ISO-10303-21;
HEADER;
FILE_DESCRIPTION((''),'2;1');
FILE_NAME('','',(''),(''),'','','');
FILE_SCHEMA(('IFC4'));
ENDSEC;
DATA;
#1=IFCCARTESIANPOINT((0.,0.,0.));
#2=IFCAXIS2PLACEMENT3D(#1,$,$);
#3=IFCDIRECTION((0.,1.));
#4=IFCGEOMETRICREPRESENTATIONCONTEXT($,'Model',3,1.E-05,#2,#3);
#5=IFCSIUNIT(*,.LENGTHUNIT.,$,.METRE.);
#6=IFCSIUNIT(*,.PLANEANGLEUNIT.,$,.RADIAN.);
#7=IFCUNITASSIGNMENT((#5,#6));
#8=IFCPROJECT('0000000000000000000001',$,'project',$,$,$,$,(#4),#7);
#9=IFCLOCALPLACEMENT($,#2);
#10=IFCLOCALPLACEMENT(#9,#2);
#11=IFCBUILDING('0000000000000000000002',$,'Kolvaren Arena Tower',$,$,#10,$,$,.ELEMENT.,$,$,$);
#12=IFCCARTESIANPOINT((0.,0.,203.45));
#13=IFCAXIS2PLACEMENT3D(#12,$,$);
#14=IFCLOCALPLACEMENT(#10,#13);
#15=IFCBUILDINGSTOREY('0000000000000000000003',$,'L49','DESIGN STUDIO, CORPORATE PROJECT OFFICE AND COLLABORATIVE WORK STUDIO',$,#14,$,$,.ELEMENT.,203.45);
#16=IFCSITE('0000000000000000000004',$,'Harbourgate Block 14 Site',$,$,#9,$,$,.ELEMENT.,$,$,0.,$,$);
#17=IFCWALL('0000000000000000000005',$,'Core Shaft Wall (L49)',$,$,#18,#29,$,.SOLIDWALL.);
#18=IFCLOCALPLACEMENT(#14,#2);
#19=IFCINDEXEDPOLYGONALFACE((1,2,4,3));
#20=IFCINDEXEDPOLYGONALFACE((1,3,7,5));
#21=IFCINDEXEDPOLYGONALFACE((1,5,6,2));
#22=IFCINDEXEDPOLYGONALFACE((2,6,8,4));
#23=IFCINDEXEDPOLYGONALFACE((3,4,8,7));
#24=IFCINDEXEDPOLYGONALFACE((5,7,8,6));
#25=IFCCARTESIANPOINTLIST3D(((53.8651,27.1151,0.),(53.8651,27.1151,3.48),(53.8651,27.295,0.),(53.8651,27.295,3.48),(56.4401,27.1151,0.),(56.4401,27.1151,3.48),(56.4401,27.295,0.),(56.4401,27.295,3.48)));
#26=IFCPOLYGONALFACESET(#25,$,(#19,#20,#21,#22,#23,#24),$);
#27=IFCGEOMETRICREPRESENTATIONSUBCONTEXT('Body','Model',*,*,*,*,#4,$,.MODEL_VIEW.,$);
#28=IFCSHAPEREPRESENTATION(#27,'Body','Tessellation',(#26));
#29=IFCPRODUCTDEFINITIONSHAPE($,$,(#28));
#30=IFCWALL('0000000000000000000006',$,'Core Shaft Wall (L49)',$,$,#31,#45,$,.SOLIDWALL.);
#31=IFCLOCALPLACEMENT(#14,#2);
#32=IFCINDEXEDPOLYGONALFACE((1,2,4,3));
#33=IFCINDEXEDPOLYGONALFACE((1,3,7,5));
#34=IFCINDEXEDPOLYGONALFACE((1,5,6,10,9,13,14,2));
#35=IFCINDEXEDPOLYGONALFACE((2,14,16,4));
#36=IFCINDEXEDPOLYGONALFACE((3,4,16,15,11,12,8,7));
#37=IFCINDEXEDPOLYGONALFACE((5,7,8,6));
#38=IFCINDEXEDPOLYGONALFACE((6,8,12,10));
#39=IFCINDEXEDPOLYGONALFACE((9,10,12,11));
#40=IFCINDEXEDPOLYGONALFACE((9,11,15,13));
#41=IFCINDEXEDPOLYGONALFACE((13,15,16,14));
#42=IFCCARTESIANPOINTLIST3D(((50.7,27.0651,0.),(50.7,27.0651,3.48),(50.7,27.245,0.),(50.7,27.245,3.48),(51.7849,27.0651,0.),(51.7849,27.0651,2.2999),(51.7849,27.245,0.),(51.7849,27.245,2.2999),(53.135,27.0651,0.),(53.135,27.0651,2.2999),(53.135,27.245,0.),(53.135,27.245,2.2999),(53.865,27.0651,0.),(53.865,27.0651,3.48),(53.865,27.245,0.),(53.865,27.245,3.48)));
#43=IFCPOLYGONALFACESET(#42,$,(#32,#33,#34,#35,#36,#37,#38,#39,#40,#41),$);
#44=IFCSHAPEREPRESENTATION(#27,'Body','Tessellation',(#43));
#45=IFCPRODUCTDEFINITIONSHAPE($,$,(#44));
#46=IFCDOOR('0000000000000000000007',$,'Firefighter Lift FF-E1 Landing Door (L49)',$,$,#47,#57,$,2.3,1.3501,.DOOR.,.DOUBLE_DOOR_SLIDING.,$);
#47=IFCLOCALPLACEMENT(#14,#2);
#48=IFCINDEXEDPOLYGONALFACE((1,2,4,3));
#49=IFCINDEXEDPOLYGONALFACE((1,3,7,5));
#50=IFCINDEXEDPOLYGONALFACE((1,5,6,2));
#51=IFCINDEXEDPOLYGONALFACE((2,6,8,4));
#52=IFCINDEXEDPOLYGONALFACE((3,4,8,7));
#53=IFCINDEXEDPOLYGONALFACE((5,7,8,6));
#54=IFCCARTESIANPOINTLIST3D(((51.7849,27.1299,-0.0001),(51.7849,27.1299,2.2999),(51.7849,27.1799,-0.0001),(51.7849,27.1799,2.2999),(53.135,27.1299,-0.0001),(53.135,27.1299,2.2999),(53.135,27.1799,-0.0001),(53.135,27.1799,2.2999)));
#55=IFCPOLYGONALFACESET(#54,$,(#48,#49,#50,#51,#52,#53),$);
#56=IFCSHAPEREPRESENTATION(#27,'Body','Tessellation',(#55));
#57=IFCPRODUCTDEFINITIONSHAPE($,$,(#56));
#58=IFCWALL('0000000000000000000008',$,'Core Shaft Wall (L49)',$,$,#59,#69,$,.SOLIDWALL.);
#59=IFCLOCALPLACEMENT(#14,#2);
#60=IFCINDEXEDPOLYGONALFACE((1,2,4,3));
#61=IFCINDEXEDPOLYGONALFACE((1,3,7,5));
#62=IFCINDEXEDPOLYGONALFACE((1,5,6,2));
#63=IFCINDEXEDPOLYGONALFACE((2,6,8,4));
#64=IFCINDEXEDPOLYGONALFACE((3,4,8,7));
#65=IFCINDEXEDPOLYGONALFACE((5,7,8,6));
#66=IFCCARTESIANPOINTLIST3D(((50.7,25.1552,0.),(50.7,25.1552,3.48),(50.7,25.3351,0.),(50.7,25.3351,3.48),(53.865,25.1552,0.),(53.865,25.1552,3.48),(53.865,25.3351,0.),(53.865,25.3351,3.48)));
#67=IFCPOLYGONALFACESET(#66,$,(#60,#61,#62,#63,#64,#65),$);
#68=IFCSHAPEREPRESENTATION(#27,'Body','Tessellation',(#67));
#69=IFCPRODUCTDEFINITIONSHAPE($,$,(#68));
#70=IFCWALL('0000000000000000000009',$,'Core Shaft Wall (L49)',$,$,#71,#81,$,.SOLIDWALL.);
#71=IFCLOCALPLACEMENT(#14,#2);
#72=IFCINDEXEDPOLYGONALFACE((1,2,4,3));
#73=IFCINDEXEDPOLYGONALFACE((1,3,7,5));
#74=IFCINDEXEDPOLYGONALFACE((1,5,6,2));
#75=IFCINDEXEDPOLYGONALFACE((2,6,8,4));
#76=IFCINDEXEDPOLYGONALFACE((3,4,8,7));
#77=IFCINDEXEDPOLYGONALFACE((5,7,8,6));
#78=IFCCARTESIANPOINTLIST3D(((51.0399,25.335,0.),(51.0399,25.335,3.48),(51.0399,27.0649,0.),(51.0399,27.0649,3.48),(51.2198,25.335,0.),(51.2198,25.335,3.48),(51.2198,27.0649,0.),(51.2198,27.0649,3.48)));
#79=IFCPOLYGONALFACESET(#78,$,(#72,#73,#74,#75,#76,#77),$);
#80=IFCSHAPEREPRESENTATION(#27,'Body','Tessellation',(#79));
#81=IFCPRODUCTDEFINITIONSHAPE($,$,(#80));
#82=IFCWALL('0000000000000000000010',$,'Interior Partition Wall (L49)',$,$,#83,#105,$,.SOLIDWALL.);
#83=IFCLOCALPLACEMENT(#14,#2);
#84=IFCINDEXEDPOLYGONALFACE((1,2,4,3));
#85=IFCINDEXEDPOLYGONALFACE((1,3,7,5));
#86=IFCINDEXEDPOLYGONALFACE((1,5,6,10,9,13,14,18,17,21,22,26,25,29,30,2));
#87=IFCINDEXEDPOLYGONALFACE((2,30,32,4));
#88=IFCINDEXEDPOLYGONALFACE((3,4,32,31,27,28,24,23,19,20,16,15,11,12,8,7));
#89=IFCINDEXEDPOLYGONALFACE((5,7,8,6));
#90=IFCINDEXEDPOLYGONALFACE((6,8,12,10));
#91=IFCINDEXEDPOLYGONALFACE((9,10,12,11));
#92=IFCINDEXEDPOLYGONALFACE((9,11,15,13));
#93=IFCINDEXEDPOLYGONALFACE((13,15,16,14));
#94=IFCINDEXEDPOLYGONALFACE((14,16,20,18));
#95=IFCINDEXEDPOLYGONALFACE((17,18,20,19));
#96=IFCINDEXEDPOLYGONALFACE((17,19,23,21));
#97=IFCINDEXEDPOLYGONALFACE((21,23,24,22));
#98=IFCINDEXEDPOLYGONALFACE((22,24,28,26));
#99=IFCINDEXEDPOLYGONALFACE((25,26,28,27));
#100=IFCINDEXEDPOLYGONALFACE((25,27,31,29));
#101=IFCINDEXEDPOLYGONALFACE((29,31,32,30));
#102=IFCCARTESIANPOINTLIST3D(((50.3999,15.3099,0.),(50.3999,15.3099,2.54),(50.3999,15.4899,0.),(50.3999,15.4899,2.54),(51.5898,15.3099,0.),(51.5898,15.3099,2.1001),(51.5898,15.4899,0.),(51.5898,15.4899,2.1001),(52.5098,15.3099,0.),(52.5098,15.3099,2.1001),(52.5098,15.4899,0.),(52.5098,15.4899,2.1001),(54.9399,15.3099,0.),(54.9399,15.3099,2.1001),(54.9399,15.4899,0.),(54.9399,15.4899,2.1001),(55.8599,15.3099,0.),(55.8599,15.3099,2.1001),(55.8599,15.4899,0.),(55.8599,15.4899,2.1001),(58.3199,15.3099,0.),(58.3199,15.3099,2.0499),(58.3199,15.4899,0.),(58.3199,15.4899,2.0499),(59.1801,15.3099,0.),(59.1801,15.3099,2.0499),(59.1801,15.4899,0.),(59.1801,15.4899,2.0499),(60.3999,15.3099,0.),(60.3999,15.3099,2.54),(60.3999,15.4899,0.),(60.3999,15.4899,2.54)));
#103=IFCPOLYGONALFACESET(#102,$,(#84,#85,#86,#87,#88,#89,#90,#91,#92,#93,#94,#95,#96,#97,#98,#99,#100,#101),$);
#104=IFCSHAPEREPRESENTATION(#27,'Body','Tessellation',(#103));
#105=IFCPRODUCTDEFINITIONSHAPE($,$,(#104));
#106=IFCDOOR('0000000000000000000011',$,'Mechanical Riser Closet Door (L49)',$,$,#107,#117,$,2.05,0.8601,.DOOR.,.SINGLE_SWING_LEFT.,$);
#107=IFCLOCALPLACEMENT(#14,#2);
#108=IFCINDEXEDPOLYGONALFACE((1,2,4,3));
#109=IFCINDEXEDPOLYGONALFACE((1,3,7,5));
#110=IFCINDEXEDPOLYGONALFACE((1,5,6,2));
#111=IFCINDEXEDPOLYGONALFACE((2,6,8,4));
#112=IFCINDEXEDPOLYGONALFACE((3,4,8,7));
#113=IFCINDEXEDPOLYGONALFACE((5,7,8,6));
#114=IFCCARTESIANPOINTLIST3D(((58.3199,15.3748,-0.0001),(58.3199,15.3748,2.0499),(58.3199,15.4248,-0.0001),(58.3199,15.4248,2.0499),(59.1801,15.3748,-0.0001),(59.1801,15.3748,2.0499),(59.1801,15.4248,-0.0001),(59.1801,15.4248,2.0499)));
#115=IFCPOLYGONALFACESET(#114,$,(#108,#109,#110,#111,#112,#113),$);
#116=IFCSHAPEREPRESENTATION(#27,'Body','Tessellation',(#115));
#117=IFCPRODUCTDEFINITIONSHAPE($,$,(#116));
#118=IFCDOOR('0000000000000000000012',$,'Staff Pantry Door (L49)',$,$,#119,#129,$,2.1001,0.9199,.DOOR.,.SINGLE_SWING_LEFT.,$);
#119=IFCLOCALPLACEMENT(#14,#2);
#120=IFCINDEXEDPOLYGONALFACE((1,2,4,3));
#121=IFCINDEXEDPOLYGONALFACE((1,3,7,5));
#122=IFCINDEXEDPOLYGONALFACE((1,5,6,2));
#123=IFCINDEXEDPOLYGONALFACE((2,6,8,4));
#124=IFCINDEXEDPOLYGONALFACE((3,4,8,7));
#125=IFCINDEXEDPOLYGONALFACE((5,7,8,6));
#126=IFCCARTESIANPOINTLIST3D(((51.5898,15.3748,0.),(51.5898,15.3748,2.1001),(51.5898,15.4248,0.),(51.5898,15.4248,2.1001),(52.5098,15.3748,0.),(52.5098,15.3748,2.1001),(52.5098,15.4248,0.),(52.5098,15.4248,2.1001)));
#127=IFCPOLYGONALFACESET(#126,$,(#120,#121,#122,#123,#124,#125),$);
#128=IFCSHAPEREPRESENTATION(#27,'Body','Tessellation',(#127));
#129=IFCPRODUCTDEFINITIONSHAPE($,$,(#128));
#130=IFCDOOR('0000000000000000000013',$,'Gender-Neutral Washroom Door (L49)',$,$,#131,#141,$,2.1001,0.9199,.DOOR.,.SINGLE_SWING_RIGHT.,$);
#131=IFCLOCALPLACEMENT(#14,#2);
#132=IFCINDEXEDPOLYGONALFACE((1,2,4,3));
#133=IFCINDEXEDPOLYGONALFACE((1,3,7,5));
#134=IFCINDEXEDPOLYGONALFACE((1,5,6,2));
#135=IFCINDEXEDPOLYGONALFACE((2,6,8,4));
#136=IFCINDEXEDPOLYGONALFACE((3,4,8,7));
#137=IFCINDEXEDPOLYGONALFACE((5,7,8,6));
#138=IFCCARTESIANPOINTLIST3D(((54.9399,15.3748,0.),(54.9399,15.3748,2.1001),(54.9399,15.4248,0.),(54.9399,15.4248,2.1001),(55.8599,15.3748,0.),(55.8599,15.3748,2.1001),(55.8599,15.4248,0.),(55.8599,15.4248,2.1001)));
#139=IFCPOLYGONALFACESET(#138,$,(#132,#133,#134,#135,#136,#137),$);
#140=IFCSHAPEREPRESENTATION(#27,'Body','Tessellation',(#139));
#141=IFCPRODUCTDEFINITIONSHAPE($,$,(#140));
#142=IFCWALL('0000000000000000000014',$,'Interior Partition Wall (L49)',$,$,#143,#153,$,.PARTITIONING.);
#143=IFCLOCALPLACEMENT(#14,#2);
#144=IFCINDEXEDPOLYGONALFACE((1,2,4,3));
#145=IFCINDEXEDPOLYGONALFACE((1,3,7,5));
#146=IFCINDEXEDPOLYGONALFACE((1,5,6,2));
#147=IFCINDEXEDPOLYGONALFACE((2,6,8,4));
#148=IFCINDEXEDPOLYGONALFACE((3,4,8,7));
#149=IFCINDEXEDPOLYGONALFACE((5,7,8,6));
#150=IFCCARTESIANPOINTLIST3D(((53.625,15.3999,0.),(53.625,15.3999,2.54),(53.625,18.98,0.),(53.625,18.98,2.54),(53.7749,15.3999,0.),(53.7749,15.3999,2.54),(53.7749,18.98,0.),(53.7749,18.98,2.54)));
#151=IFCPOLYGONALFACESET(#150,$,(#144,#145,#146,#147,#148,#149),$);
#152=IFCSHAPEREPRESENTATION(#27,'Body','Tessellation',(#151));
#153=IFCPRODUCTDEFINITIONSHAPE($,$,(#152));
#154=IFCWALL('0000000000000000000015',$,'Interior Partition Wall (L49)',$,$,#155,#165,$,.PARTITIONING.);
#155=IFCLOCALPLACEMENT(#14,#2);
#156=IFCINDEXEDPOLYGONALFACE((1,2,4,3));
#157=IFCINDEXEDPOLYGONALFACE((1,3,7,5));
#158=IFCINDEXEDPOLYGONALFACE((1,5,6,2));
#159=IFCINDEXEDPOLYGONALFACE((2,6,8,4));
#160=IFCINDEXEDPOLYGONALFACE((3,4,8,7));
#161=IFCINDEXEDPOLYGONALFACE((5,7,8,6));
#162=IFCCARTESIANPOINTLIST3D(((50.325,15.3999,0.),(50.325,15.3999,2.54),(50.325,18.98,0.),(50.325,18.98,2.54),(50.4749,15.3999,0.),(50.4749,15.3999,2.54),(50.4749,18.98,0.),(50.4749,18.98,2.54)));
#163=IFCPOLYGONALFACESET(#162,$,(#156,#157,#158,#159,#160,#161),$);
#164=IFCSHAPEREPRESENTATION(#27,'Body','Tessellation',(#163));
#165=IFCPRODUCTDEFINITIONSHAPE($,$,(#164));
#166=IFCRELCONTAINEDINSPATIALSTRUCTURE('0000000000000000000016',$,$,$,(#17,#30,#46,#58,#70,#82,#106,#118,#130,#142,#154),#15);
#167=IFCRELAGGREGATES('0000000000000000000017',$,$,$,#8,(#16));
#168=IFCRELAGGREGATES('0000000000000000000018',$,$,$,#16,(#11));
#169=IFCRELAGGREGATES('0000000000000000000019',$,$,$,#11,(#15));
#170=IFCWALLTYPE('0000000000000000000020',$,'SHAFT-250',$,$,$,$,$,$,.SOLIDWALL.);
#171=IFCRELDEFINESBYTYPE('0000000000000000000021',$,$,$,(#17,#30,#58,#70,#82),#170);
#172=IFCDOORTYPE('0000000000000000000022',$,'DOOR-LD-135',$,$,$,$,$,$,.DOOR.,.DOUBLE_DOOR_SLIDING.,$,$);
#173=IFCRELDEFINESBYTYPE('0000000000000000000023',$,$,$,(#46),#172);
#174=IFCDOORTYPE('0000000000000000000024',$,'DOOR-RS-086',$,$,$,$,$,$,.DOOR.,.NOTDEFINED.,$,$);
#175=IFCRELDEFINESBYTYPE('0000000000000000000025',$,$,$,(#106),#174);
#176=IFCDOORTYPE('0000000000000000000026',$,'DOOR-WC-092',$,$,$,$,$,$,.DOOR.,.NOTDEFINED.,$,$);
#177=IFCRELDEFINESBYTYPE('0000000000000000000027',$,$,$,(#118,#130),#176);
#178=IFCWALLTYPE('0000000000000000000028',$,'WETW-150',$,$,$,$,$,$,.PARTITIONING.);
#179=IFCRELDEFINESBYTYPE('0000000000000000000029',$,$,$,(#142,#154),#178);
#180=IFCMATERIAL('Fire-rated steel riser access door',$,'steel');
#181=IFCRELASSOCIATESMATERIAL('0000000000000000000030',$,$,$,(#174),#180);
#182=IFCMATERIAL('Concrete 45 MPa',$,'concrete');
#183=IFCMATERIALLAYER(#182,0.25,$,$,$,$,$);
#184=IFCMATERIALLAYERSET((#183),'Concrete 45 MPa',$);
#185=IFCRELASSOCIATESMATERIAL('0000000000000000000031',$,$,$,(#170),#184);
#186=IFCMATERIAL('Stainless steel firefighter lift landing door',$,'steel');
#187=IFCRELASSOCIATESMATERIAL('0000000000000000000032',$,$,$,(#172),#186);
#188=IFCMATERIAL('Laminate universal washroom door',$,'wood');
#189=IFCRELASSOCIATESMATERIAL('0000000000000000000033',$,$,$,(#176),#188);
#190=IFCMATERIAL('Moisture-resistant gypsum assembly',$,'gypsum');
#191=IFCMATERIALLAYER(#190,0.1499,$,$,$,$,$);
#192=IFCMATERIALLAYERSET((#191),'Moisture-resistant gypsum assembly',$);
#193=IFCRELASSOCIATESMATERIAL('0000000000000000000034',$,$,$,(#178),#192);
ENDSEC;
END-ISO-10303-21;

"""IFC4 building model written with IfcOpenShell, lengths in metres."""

from ifc_helpers import new_model, si_unit, direction, frame, frame_2d, origin, place, context, subcontext, project, spatial, rectangle, extrude, material, layer, layer_set, type_object, element, fill, save


model = new_model("IFC4")

# Units and contexts
model_context = context("Model", 3, precision=1e-05, world=origin(), true_north=direction((0.0, 1.0)))
body_context = subcontext(model_context, "Body", "Model", "MODEL_VIEW")
ifc_project = project(units=[si_unit("LENGTHUNIT", "METRE"), si_unit("PLANEANGLEUNIT", "RADIAN")], contexts=[model_context])

# Site, building, storey
site_placement = place(None, origin())
site = spatial("IfcSite", under=ifc_project, at=site_placement, Name="Harbourgate Block 14 Site", CompositionType="ELEMENT", RefElevation=0.0)
building_placement = place(site_placement, origin())
building = spatial("IfcBuilding", under=site, at=building_placement, Name="Kolvaren Arena Tower", CompositionType="ELEMENT")
storey_placement = place(building_placement, frame((0.0, 0.0, 203.45)))
storey = spatial("IfcBuildingStorey", under=building, at=storey_placement, Name="L49", Description="DESIGN STUDIO, CORPORATE PROJECT OFFICE AND COLLABORATIVE WORK STUDIO", CompositionType="ELEMENT", Elevation=203.45)

# Shared definitions
ifc_material_1 = material(Name="Fire-rated steel riser access door", Category="steel")
door_type_1 = type_object("IfcDoorType", Name="DOOR-RS-086", OperationType="NOTDEFINED", PredefinedType="DOOR", material=ifc_material_1)

# Wall
ifc_material_2 = material(Name="Concrete 45 MPa", Category="concrete")
ifc_layer_1 = layer(ifc_material_2, 0.25)
ifc_layer_set_1 = layer_set([ifc_layer_1], Name="Concrete 45 MPa")
wall_type_1 = type_object("IfcWallType", Name="SHAFT-250", PredefinedType="SOLIDWALL", material=ifc_layer_set_1)
wall_1_placement = place(storey_placement, frame((53.865, 27.2051, 0.0), z_axis=(0.0, 0.0, 1.0), x_axis=(1.0, 0.0, 0.0)))
element("IfcWall", 1, at=wall_1_placement, inside=storey, type_object=wall_type_1, Name="Core Shaft Wall (L49)", PredefinedType="SOLIDWALL", context=body_context, shape_type="SweptSolid", body=[
    extrude(rectangle(XDim=2.575, YDim=0.1799, at=frame_2d((1.2876, 0.0))), origin(), (0.0, 0.0, 1.0), 3.48),
])

# Wall, opening, door
wall_2_placement = place(storey_placement, frame((50.7, 27.155, 0.0), z_axis=(0.0, 0.0, 1.0), x_axis=(1.0, 0.0, 0.0)))
wall_2 = element("IfcWall", 2, at=wall_2_placement, inside=storey, type_object=wall_type_1, Name="Core Shaft Wall (L49)", PredefinedType="SOLIDWALL", context=body_context, shape_type="SweptSolid", body=[
    extrude(rectangle(XDim=3.165, YDim=0.1799, at=frame_2d((1.5825, 0.0))), origin(), (0.0, 0.0, 1.0), 3.48),
])
opening_1_placement = place(wall_2_placement, frame((1.085, 0.0, 0.0)))
opening_1 = element("IfcOpeningElement", 3, at=opening_1_placement, cuts=wall_2, PredefinedType="OPENING", context=body_context, shape_type="SweptSolid", body=[
    extrude(rectangle(XDim=1.3501, YDim=2.3, at=frame_2d((0.675, 1.1499))), frame((0.0, 0.0999, 0.0), z_axis=(0.0, -1.0, 0.0), x_axis=(1.0, 0.0, 0.0)), (0.0, 0.0, 1.0), 0.2),
])
ifc_material_3 = material(Name="Stainless steel firefighter lift landing door", Category="steel")
door_type_2 = type_object("IfcDoorType", Name="DOOR-LD-135", OperationType="DOUBLE_DOOR_SLIDING", PredefinedType="DOOR", material=ifc_material_3)
door_1_placement = place(opening_1_placement, origin())
door_1 = element("IfcDoor", 4, at=door_1_placement, inside=storey, type_object=door_type_2, Name="Firefighter Lift FF-E1 Landing Door (L49)", OperationType="DOUBLE_DOOR_SLIDING", OverallHeight=2.3, OverallWidth=1.3501, PredefinedType="DOOR", context=body_context, shape_type="SweptSolid", body=[
    extrude(rectangle(XDim=1.3501, YDim=2.3, at=frame_2d((0.675, 1.1499))), frame((0.0, 0.0249, 0.0), z_axis=(0.0, -1.0, 0.0), x_axis=(1.0, 0.0, 0.0)), (0.0, 0.0, 1.0), 0.05),
])
fill(opening_1, door_1)

# Walls
wall_3_placement = place(storey_placement, frame((50.7, 25.2451, 0.0), z_axis=(0.0, 0.0, 1.0), x_axis=(1.0, 0.0, 0.0)))
element("IfcWall", 5, at=wall_3_placement, inside=storey, type_object=wall_type_1, Name="Core Shaft Wall (L49)", PredefinedType="SOLIDWALL", context=body_context, shape_type="SweptSolid", body=[
    extrude(rectangle(XDim=3.165, YDim=0.1799, at=frame_2d((1.5825, 0.0))), origin(), (0.0, 0.0, 1.0), 3.48),
])
wall_4_placement = place(storey_placement, frame((51.1299, 25.335, 0.0), z_axis=(0.0, 0.0, 1.0), x_axis=(0.0, 1.0, 0.0)))
element("IfcWall", 6, at=wall_4_placement, inside=storey, type_object=wall_type_1, Name="Core Shaft Wall (L49)", PredefinedType="SOLIDWALL", context=body_context, shape_type="SweptSolid", body=[
    extrude(rectangle(XDim=1.73, YDim=0.1799, at=frame_2d((0.865, 0.0))), origin(), (0.0, 0.0, 1.0), 3.48),
])

# Wall, openings, doors
wall_5_placement = place(storey_placement, frame((50.3999, 15.3999, 0.0), z_axis=(0.0, 0.0, 1.0), x_axis=(1.0, 0.0, 0.0)))
wall_5 = element("IfcWall", 7, at=wall_5_placement, inside=storey, type_object=wall_type_1, Name="Interior Partition Wall (L49)", PredefinedType="SOLIDWALL", context=body_context, shape_type="SweptSolid", body=[
    extrude(rectangle(XDim=10.0, YDim=0.1799, at=frame_2d((5.0, 0.0))), origin(), (0.0, 0.0, 1.0), 2.54),
])
opening_2_placement = place(wall_5_placement, frame((1.1899, 0.0, 0.0)))
opening_2 = element("IfcOpeningElement", 8, at=opening_2_placement, cuts=wall_5, PredefinedType="OPENING", context=body_context, shape_type="SweptSolid", body=[
    extrude(rectangle(XDim=0.9199, YDim=2.1001, at=frame_2d((0.46, 1.05))), frame((0.0, 0.0999, 0.0), z_axis=(0.0, -1.0, 0.0), x_axis=(1.0, 0.0, 0.0)), (0.0, 0.0, 1.0), 0.2),
])
opening_3_placement = place(wall_5_placement, frame((4.54, 0.0, 0.0)))
opening_3 = element("IfcOpeningElement", 9, at=opening_3_placement, cuts=wall_5, PredefinedType="OPENING", context=body_context, shape_type="SweptSolid", body=[
    extrude(rectangle(XDim=0.9199, YDim=2.1001, at=frame_2d((0.46, 1.05))), frame((0.0, 0.0999, 0.0), z_axis=(0.0, -1.0, 0.0), x_axis=(1.0, 0.0, 0.0)), (0.0, 0.0, 1.0), 0.2),
])
opening_4_placement = place(wall_5_placement, frame((7.9199, 0.0, 0.0)))
opening_4 = element("IfcOpeningElement", 10, at=opening_4_placement, cuts=wall_5, PredefinedType="OPENING", context=body_context, shape_type="SweptSolid", body=[
    extrude(rectangle(XDim=0.8601, YDim=2.05, at=frame_2d((0.4302, 1.0249))), frame((0.0, 0.0999, 0.0), z_axis=(0.0, -1.0, 0.0), x_axis=(1.0, 0.0, 0.0)), (0.0, 0.0, 1.0), 0.2),
])
door_2_placement = place(opening_4_placement, origin())
door_2 = element("IfcDoor", 11, at=door_2_placement, inside=storey, type_object=door_type_1, Name="Mechanical Riser Closet Door (L49)", OperationType="SINGLE_SWING_LEFT", OverallHeight=2.05, OverallWidth=0.8601, PredefinedType="DOOR", context=body_context, shape_type="SweptSolid", body=[
    extrude(rectangle(XDim=0.8601, YDim=2.05, at=frame_2d((0.4302, 1.0249))), frame((0.0, 0.0249, 0.0), z_axis=(0.0, -1.0, 0.0), x_axis=(1.0, 0.0, 0.0)), (0.0, 0.0, 1.0), 0.05),
])
fill(opening_4, door_2)
ifc_material_4 = material(Name="Laminate universal washroom door", Category="wood")
door_type_3 = type_object("IfcDoorType", Name="DOOR-WC-092", OperationType="NOTDEFINED", PredefinedType="DOOR", material=ifc_material_4)
door_3_placement = place(opening_2_placement, origin())
door_3 = element("IfcDoor", 12, at=door_3_placement, inside=storey, type_object=door_type_3, Name="Staff Pantry Door (L49)", OperationType="SINGLE_SWING_LEFT", OverallHeight=2.1001, OverallWidth=0.9199, PredefinedType="DOOR", context=body_context, shape_type="SweptSolid", body=[
    extrude(rectangle(XDim=0.9199, YDim=2.1001, at=frame_2d((0.46, 1.05))), frame((0.0, 0.0249, 0.0), z_axis=(0.0, -1.0, 0.0), x_axis=(1.0, 0.0, 0.0)), (0.0, 0.0, 1.0), 0.05),
])
fill(opening_2, door_3)
door_4_placement = place(opening_3_placement, origin())
door_4 = element("IfcDoor", 13, at=door_4_placement, inside=storey, type_object=door_type_3, Name="Gender-Neutral Washroom Door (L49)", OperationType="SINGLE_SWING_RIGHT", OverallHeight=2.1001, OverallWidth=0.9199, PredefinedType="DOOR", context=body_context, shape_type="SweptSolid", body=[
    extrude(rectangle(XDim=0.9199, YDim=2.1001, at=frame_2d((0.46, 1.05))), frame((0.0, 0.0249, 0.0), z_axis=(0.0, -1.0, 0.0), x_axis=(1.0, 0.0, 0.0)), (0.0, 0.0, 1.0), 0.05),
])
fill(opening_3, door_4)

# Walls
ifc_material_5 = material(Name="Moisture-resistant gypsum assembly", Category="gypsum")
ifc_layer_2 = layer(ifc_material_5, 0.1499)
ifc_layer_set_2 = layer_set([ifc_layer_2], Name="Moisture-resistant gypsum assembly")
wall_type_2 = type_object("IfcWallType", Name="WETW-150", PredefinedType="PARTITIONING", material=ifc_layer_set_2)
for number, where, z_axis, x_axis, name in (
    (14, (53.7, 15.3999, 0.0), (0.0, 0.0, 1.0), (0.0, 1.0, 0.0), "Interior Partition Wall (L49)"),
    (15, (50.3999, 15.3999, 0.0), (0.0, 0.0, 1.0), (0.0, 1.0, 0.0), "Interior Partition Wall (L49)"),
):
    element("IfcWall", number, at=place(storey_placement, frame(where, z_axis=z_axis, x_axis=x_axis)), inside=storey, type_object=wall_type_2, Name=name, PredefinedType="PARTITIONING", context=body_context, shape_type="SweptSolid", body=[
        extrude(rectangle(XDim=3.5801, YDim=0.1499, at=frame_2d((1.79, 0.0))), origin(), (0.0, 0.0, 1.0), 2.54),
    ])

save(model, "model.ifc")
